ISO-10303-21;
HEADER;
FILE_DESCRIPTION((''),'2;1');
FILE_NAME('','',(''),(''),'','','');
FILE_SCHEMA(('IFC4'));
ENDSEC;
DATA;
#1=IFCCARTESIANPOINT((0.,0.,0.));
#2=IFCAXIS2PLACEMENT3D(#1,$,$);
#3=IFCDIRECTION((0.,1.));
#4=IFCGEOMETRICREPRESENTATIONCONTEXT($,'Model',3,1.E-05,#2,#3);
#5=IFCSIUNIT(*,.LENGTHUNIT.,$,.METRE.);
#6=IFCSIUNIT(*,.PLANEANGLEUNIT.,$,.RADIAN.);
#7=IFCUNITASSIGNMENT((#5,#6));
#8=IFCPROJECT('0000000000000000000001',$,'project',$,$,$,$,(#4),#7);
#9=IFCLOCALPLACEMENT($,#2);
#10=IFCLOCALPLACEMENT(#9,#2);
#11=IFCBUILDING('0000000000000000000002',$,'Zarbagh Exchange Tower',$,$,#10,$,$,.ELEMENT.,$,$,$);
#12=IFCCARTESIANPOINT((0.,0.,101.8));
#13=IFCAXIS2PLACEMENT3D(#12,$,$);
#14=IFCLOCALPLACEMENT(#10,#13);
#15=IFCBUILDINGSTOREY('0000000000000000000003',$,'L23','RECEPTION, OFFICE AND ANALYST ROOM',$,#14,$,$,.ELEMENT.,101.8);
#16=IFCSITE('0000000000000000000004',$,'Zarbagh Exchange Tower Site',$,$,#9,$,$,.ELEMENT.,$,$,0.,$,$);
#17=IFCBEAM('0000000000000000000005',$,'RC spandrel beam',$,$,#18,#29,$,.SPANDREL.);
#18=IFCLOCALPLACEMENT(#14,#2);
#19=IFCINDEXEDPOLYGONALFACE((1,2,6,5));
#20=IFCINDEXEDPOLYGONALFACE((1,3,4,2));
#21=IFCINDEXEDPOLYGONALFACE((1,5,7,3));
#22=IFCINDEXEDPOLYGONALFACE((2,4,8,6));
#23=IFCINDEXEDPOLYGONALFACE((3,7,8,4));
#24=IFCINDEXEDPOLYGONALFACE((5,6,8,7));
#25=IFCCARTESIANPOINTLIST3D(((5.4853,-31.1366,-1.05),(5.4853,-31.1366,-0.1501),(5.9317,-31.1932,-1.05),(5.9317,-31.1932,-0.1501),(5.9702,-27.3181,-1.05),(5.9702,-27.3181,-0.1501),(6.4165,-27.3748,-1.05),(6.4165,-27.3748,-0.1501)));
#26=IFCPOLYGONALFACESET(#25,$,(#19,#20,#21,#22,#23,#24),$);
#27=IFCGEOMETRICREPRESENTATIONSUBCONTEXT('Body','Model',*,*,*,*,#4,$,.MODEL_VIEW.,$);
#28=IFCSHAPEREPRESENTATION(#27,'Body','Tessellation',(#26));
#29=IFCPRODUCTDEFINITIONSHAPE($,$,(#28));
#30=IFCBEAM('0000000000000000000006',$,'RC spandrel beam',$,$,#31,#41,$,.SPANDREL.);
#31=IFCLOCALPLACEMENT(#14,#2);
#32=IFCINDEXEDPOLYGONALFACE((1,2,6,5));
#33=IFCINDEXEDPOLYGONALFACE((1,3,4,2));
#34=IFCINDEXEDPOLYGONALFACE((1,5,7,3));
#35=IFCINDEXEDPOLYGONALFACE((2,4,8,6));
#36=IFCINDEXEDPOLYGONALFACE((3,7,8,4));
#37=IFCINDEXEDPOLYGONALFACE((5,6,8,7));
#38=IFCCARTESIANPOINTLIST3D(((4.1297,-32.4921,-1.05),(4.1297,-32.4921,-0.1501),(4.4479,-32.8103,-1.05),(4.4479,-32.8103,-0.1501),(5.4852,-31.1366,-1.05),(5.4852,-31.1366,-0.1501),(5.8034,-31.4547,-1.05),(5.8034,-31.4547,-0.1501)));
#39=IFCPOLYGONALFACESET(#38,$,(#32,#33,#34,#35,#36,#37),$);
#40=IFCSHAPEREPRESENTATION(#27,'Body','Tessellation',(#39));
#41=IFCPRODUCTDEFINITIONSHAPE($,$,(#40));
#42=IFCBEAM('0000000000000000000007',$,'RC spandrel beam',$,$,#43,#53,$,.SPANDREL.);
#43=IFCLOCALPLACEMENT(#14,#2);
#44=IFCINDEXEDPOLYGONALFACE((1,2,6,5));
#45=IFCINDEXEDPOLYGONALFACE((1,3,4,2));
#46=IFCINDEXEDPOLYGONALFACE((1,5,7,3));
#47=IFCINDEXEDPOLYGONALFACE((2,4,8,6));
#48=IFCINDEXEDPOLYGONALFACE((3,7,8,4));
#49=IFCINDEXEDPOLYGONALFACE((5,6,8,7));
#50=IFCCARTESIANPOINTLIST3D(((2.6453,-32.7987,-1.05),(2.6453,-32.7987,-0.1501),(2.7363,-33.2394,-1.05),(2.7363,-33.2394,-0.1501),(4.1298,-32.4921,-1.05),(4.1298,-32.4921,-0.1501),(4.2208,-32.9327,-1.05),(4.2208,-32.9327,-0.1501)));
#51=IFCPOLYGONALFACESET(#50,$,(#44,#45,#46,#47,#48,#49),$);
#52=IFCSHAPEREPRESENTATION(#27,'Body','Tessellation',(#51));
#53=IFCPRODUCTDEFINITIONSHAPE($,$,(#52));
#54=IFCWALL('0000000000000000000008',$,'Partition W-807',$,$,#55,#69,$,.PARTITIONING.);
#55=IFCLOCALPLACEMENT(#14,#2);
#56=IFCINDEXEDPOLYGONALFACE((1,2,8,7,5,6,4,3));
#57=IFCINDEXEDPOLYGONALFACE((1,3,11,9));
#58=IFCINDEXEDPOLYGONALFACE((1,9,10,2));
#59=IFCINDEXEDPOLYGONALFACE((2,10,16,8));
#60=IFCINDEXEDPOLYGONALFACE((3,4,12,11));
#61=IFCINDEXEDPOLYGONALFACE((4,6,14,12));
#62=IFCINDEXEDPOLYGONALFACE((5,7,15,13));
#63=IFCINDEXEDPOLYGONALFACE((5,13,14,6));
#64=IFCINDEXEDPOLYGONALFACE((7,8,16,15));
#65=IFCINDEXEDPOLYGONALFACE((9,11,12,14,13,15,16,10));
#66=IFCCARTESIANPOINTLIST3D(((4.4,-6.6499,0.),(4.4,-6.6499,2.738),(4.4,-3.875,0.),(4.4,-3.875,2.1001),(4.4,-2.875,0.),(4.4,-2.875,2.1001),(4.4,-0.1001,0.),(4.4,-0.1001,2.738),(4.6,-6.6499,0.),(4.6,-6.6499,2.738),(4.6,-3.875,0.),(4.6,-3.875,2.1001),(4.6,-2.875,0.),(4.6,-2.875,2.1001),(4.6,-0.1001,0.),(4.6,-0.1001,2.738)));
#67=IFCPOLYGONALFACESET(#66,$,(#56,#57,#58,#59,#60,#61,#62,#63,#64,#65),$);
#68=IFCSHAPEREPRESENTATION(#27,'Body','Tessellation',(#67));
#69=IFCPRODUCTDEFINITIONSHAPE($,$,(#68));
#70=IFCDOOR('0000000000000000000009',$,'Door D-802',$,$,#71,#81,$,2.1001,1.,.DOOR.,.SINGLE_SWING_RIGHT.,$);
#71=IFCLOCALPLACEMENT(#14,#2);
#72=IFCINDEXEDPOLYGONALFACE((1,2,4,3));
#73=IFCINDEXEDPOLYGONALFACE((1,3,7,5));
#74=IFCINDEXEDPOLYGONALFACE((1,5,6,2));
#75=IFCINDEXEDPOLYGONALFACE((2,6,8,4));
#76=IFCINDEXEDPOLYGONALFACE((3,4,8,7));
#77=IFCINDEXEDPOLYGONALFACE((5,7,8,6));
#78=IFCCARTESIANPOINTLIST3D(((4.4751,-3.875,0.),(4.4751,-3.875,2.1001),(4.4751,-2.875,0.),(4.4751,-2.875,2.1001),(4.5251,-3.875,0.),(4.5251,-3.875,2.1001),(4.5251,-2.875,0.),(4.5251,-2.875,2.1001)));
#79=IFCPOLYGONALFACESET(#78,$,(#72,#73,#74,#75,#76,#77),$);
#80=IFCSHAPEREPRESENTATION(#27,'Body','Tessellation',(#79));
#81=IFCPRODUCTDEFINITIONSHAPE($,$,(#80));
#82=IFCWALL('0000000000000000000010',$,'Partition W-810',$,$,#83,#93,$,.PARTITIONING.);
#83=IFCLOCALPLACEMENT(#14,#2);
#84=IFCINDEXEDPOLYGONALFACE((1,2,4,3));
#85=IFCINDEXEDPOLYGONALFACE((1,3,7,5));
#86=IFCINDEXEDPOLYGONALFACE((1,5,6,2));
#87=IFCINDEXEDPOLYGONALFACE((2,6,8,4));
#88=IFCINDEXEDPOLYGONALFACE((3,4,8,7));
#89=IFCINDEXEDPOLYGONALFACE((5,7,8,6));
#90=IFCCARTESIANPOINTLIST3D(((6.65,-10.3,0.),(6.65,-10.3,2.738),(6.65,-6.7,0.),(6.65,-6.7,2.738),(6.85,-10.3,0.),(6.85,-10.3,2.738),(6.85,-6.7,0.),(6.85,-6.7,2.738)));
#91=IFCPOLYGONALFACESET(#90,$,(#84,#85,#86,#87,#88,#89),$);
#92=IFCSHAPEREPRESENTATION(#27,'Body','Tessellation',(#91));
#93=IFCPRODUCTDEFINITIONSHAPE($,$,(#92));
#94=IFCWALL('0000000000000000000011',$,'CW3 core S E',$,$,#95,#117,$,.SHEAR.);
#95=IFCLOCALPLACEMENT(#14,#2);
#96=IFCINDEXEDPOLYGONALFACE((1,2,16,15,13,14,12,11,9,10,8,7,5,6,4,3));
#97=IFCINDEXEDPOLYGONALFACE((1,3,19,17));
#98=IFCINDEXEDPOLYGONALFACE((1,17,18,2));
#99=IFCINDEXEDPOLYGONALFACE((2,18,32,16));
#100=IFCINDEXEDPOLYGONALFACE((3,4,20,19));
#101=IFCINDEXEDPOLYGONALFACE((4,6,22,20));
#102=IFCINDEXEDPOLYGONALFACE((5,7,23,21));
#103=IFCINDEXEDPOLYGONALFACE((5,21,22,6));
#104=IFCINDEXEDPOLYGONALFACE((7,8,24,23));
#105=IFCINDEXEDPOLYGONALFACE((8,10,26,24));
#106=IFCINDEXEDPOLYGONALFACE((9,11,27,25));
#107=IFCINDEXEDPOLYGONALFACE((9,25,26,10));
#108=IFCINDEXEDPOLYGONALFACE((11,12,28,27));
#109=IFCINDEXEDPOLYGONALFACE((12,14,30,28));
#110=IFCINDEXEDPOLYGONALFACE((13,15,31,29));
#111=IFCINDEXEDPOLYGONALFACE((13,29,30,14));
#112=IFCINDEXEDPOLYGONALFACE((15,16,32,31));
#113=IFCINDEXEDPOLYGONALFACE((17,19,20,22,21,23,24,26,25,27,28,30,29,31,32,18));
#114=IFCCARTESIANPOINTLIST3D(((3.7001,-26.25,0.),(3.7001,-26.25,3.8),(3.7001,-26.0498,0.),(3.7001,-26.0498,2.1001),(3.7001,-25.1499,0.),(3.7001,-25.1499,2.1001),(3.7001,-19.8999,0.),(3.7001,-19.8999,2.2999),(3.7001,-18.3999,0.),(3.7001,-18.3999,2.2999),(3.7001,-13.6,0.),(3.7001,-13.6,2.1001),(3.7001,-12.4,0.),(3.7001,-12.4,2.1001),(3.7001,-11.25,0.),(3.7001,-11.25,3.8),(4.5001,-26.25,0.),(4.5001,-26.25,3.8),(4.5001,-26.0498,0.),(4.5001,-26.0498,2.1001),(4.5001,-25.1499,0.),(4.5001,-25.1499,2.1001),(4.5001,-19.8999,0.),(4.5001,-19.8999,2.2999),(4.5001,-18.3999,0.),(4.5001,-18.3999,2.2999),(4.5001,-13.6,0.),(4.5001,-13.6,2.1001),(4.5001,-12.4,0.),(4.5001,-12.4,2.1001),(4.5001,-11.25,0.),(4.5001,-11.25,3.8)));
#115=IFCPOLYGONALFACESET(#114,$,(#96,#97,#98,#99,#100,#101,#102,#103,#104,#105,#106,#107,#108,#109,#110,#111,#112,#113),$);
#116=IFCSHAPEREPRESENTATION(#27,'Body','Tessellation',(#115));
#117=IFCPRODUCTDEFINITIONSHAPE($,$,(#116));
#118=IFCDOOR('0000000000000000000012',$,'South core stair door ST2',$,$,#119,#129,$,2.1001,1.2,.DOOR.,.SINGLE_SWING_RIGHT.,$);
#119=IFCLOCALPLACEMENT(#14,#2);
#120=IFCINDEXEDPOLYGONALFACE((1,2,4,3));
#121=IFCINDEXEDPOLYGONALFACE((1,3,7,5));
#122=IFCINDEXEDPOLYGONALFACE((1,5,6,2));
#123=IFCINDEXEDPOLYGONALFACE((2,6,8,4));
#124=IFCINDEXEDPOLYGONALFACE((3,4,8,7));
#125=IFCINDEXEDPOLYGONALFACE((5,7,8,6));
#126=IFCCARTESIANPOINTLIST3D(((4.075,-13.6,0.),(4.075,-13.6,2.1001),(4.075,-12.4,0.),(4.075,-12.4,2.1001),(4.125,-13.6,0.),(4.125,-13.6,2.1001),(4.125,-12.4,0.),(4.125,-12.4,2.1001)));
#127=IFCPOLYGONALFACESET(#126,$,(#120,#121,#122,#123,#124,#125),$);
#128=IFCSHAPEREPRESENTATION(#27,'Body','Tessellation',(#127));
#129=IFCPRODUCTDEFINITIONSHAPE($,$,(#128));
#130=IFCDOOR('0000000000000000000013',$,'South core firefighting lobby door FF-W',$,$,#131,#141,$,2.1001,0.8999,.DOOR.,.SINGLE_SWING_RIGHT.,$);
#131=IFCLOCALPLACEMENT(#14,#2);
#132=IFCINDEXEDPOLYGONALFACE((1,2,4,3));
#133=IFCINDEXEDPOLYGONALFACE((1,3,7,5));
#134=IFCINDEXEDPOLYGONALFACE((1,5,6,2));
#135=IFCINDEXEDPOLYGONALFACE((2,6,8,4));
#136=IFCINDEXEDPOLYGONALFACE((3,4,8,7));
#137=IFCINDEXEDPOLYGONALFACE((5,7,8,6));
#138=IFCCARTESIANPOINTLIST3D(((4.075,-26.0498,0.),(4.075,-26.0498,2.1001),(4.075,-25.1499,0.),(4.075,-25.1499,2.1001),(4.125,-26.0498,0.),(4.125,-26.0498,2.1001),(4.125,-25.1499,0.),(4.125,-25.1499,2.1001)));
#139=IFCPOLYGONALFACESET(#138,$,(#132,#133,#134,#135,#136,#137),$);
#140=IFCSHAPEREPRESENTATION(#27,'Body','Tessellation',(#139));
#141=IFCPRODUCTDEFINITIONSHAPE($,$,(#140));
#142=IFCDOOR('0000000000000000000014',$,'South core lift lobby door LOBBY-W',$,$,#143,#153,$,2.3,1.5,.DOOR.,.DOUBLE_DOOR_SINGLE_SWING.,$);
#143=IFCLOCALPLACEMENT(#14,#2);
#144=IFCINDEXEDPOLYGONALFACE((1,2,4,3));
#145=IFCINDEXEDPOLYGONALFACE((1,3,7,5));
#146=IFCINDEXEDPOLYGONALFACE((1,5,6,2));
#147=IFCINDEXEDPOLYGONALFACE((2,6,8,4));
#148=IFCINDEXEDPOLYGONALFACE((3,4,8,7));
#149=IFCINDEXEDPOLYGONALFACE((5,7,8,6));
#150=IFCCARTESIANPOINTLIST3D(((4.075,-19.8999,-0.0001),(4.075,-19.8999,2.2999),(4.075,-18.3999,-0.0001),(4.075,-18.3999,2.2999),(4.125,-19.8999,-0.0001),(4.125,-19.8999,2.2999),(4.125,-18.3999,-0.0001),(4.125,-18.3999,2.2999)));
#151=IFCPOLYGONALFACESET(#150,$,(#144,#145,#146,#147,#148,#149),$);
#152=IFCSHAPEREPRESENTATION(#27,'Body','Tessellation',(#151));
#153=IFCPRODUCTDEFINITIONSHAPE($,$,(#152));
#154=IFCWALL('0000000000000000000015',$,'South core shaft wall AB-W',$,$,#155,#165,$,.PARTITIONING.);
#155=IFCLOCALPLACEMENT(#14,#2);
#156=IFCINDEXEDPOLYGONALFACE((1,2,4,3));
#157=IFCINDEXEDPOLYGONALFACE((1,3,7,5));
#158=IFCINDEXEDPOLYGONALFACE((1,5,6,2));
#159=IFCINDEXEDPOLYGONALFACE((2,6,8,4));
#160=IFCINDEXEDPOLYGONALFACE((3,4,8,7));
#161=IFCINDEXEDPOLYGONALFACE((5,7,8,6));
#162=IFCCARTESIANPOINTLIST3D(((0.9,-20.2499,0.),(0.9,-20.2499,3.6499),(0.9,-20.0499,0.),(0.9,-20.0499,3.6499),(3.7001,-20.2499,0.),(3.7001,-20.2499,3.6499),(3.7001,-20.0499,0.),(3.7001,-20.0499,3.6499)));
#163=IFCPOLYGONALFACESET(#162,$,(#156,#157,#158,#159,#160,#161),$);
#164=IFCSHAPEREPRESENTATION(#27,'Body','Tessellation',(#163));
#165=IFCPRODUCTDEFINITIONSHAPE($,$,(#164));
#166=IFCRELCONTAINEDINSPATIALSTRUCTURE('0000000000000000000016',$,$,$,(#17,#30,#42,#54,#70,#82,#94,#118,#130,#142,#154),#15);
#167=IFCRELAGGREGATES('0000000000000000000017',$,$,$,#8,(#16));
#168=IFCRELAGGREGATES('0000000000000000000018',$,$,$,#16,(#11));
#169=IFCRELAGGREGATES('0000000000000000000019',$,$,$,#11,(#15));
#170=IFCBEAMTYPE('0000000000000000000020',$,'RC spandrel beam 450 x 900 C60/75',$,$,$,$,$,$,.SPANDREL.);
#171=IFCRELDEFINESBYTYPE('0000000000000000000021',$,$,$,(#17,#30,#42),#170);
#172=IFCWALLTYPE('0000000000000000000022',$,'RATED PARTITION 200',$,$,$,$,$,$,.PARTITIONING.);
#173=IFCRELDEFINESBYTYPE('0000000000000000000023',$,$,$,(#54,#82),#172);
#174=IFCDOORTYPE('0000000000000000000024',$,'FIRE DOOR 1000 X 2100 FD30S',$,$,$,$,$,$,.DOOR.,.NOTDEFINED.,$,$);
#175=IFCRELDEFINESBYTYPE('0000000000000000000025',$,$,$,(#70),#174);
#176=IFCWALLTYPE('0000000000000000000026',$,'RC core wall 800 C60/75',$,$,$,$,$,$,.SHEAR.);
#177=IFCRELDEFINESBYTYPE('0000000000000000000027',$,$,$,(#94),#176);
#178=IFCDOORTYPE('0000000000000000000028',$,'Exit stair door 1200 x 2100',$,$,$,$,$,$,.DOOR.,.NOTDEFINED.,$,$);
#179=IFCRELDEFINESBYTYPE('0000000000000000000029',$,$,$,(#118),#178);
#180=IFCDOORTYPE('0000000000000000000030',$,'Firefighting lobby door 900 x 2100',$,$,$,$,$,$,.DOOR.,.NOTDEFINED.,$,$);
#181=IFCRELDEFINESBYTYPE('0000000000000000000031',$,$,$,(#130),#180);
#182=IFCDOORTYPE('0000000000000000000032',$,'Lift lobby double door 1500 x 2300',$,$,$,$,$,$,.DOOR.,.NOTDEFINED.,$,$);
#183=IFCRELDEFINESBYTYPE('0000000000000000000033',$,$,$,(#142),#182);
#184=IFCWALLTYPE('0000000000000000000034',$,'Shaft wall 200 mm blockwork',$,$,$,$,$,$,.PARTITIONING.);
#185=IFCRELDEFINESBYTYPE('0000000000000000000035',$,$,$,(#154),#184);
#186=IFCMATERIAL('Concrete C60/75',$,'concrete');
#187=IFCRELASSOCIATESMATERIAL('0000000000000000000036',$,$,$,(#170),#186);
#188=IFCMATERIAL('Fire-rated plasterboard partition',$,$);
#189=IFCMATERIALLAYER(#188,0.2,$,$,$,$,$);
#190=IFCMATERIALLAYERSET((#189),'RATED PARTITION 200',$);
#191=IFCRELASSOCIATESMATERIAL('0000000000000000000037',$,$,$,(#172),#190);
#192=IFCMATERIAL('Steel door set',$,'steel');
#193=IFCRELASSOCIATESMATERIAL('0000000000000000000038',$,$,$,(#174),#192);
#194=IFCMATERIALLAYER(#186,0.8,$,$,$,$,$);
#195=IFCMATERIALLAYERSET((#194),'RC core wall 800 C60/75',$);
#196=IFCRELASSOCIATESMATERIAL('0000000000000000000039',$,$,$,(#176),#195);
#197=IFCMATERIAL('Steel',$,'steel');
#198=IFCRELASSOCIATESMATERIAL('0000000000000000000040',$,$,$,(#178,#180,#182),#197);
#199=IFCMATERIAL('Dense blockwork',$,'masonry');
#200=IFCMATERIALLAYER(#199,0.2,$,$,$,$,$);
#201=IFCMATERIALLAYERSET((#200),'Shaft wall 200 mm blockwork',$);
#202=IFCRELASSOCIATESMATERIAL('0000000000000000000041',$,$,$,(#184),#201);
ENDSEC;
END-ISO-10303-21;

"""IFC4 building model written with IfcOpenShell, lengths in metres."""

from ifc_helpers import new_model, si_unit, direction, frame, frame_2d, origin, origin_2d, place, context, subcontext, project, spatial, rectangle, extrude, material, layer, layer_set, material_profile, profile_set, type_object, element, fill, save


model = new_model("IFC4")

# Units and contexts
model_context = context("Model", 3, precision=1e-05, world=origin(), true_north=direction((0.0, 1.0)))
body_context = subcontext(model_context, "Body", "Model", "MODEL_VIEW")
ifc_project = project(units=[si_unit("LENGTHUNIT", "METRE"), si_unit("PLANEANGLEUNIT", "RADIAN")], contexts=[model_context])

# Site, building, storey
site_placement = place(None, origin())
site = spatial("IfcSite", under=ifc_project, at=site_placement, Name="Zarbagh Exchange Tower Site", CompositionType="ELEMENT", RefElevation=0.0)
building_placement = place(site_placement, origin())
building = spatial("IfcBuilding", under=site, at=building_placement, Name="Zarbagh Exchange Tower", CompositionType="ELEMENT")
storey_placement = place(building_placement, frame((0.0, 0.0, 101.8)))
storey = spatial("IfcBuildingStorey", under=building, at=storey_placement, Name="L23", Description="RECEPTION, OFFICE AND ANALYST ROOM", CompositionType="ELEMENT", Elevation=101.8)

# Shared definitions
ifc_material_1 = material(Name="Concrete C60/75", Category="concrete")

# Beams
ifc_material_profile_1 = material_profile(ifc_material_1, rectangle(XDim=0.45, YDim=0.8999, at=origin_2d()), Name="RC spandrel beam 450 x 900 C60/75")
ifc_profile_set_1 = profile_set([ifc_material_profile_1], Name="Concrete C60/75")
beam_type_1 = type_object("IfcBeamType", Name="RC spandrel beam 450 x 900 C60/75", PredefinedType="SPANDREL", material=ifc_profile_set_1)
beam_1_placement = place(storey_placement, frame((6.1934, -27.3464, -0.6001), z_axis=(-0.125971, -0.992034, 0.0), x_axis=(0.992034, -0.125971, 0.0)))
element("IfcBeam", 1, at=beam_1_placement, inside=storey, type_object=beam_type_1, Name="RC spandrel beam", PredefinedType="SPANDREL", context=body_context, shape_type="SweptSolid", body=[
    extrude(rectangle(XDim=0.45, YDim=0.8999, at=origin_2d()), origin(), (0.0, 0.0, 1.0), 3.8491),
])
beam_2_placement = place(storey_placement, frame((5.6443, -31.2957, -0.6001), z_axis=(-0.707107, -0.707107, 0.0), x_axis=(0.707107, -0.707107, 0.0)))
element("IfcBeam", 2, at=beam_2_placement, inside=storey, type_object=beam_type_1, Name="RC spandrel beam", PredefinedType="SPANDREL", context=body_context, shape_type="SweptSolid", body=[
    extrude(rectangle(XDim=0.45, YDim=0.8999, at=origin_2d()), origin(), (0.0, 0.0, 1.0), 1.917),
])
beam_3_placement = place(storey_placement, frame((4.1753, -32.7124, -0.6001), z_axis=(-0.979329, -0.202275, 0.0), x_axis=(0.202275, -0.979329, 0.0)))
element("IfcBeam", 3, at=beam_3_placement, inside=storey, type_object=beam_type_1, Name="RC spandrel beam", PredefinedType="SPANDREL", context=body_context, shape_type="SweptSolid", body=[
    extrude(rectangle(XDim=0.45, YDim=0.8999, at=origin_2d()), origin(), (0.0, 0.0, 1.0), 1.5159),
])

# Wall, opening, door
ifc_material_2 = material(Name="Fire-rated plasterboard partition")
ifc_layer_1 = layer(ifc_material_2, 0.2)
ifc_layer_set_1 = layer_set([ifc_layer_1], Name="RATED PARTITION 200")
wall_type_1 = type_object("IfcWallType", Name="RATED PARTITION 200", PredefinedType="PARTITIONING", material=ifc_layer_set_1)
wall_1_placement = place(storey_placement, frame((4.5, -6.6499, 0.0), z_axis=(0.0, 0.0, 1.0), x_axis=(0.0, 1.0, 0.0)))
wall_1 = element("IfcWall", 4, at=wall_1_placement, inside=storey, type_object=wall_type_1, Name="Partition W-807", PredefinedType="PARTITIONING", context=body_context, shape_type="SweptSolid", body=[
    extrude(rectangle(XDim=6.5498, YDim=0.2, at=frame_2d((3.2749, 0.0))), origin(), (0.0, 0.0, 1.0), 2.738),
])
opening_1_placement = place(wall_1_placement, frame((2.7749, 0.0, 0.0)))
opening_1 = element("IfcOpeningElement", 5, at=opening_1_placement, cuts=wall_1, PredefinedType="OPENING", context=body_context, shape_type="SweptSolid", body=[
    extrude(rectangle(XDim=1.0, YDim=2.1001, at=frame_2d((0.5, 1.05))), frame((0.0, 0.1099, 0.0), z_axis=(0.0, -1.0, 0.0), x_axis=(1.0, 0.0, 0.0)), (0.0, 0.0, 1.0), 0.22),
])
ifc_material_3 = material(Name="Steel door set", Category="steel")
door_type_1 = type_object("IfcDoorType", Name="FIRE DOOR 1000 X 2100 FD30S", OperationType="NOTDEFINED", PredefinedType="DOOR", material=ifc_material_3)
door_1_placement = place(opening_1_placement, origin())
door_1 = element("IfcDoor", 6, at=door_1_placement, inside=storey, type_object=door_type_1, Name="Door D-802", OperationType="SINGLE_SWING_RIGHT", OverallHeight=2.1001, OverallWidth=1.0, PredefinedType="DOOR", context=body_context, shape_type="SweptSolid", body=[
    extrude(rectangle(XDim=1.0, YDim=2.1001, at=frame_2d((0.5, 1.05))), frame((0.0, 0.0249, 0.0), z_axis=(0.0, -1.0, 0.0), x_axis=(1.0, 0.0, 0.0)), (0.0, 0.0, 1.0), 0.05),
])
fill(opening_1, door_1)

# Wall
wall_2_placement = place(storey_placement, frame((6.75, -10.3, 0.0), z_axis=(0.0, 0.0, 1.0), x_axis=(0.0, 1.0, 0.0)))
element("IfcWall", 7, at=wall_2_placement, inside=storey, type_object=wall_type_1, Name="Partition W-810", PredefinedType="PARTITIONING", context=body_context, shape_type="SweptSolid", body=[
    extrude(rectangle(XDim=3.6001, YDim=0.2, at=frame_2d((1.8, 0.0))), origin(), (0.0, 0.0, 1.0), 2.738),
])

# Wall, openings, doors
ifc_layer_2 = layer(ifc_material_1, 0.8)
ifc_layer_set_2 = layer_set([ifc_layer_2], Name="RC core wall 800 C60/75")
wall_type_2 = type_object("IfcWallType", Name="RC core wall 800 C60/75", PredefinedType="SHEAR", material=ifc_layer_set_2)
wall_3_placement = place(storey_placement, frame((4.1001, -11.25, 0.0), z_axis=(0.0, 0.0, 1.0), x_axis=(0.0, -1.0, 0.0)))
wall_3 = element("IfcWall", 8, at=wall_3_placement, inside=storey, type_object=wall_type_2, Name="CW3 core S E", PredefinedType="SHEAR", context=body_context, shape_type="SweptSolid", body=[
    extrude(rectangle(XDim=15.0, YDim=0.8, at=frame_2d((7.5, 0.0))), origin(), (0.0, 0.0, 1.0), 3.8),
])
opening_2_placement = place(wall_3_placement, frame((7.1499, 0.0, 0.0)))
opening_2 = element("IfcOpeningElement", 9, at=opening_2_placement, cuts=wall_3, PredefinedType="OPENING", context=body_context, shape_type="SweptSolid", body=[
    extrude(rectangle(XDim=1.5, YDim=2.3, at=frame_2d((0.75, 1.1499))), frame((0.0, 0.4099, 0.0), z_axis=(0.0, -1.0, 0.0), x_axis=(1.0, 0.0, 0.0)), (0.0, 0.0, 1.0), 0.8201),
])
opening_3_placement = place(wall_3_placement, frame((13.8999, 0.0, 0.0)))
opening_3 = element("IfcOpeningElement", 10, at=opening_3_placement, cuts=wall_3, PredefinedType="OPENING", context=body_context, shape_type="SweptSolid", body=[
    extrude(rectangle(XDim=0.8999, YDim=2.1001, at=frame_2d((0.45, 1.05))), frame((0.0, 0.4099, 0.0), z_axis=(0.0, -1.0, 0.0), x_axis=(1.0, 0.0, 0.0)), (0.0, 0.0, 1.0), 0.8201),
])
opening_4_placement = place(wall_3_placement, frame((1.1499, 0.0, 0.0)))
opening_4 = element("IfcOpeningElement", 11, at=opening_4_placement, cuts=wall_3, PredefinedType="OPENING", context=body_context, shape_type="SweptSolid", body=[
    extrude(rectangle(XDim=1.2, YDim=2.1001, at=frame_2d((0.6001, 1.05))), frame((0.0, 0.4099, 0.0), z_axis=(0.0, -1.0, 0.0), x_axis=(1.0, 0.0, 0.0)), (0.0, 0.0, 1.0), 0.8201),
])
ifc_material_4 = material(Name="Steel", Category="steel")
door_type_2 = type_object("IfcDoorType", Name="Exit stair door 1200 x 2100", OperationType="NOTDEFINED", PredefinedType="DOOR", material=ifc_material_4)
door_2_placement = place(opening_4_placement, origin())
door_2 = element("IfcDoor", 12, at=door_2_placement, inside=storey, type_object=door_type_2, Name="South core stair door ST2", OperationType="SINGLE_SWING_RIGHT", OverallHeight=2.1001, OverallWidth=1.2, PredefinedType="DOOR", context=body_context, shape_type="SweptSolid", body=[
    extrude(rectangle(XDim=1.2, YDim=2.1001, at=frame_2d((0.6001, 1.05))), frame((0.0, 0.0249, 0.0), z_axis=(0.0, -1.0, 0.0), x_axis=(1.0, 0.0, 0.0)), (0.0, 0.0, 1.0), 0.05),
])
fill(opening_4, door_2)
door_type_3 = type_object("IfcDoorType", Name="Firefighting lobby door 900 x 2100", OperationType="NOTDEFINED", PredefinedType="DOOR", material=ifc_material_4)
door_3_placement = place(opening_3_placement, origin())
door_3 = element("IfcDoor", 13, at=door_3_placement, inside=storey, type_object=door_type_3, Name="South core firefighting lobby door FF-W", OperationType="SINGLE_SWING_RIGHT", OverallHeight=2.1001, OverallWidth=0.8999, PredefinedType="DOOR", context=body_context, shape_type="SweptSolid", body=[
    extrude(rectangle(XDim=0.8999, YDim=2.1001, at=frame_2d((0.45, 1.05))), frame((0.0, 0.0249, 0.0), z_axis=(0.0, -1.0, 0.0), x_axis=(1.0, 0.0, 0.0)), (0.0, 0.0, 1.0), 0.05),
])
fill(opening_3, door_3)
door_type_4 = type_object("IfcDoorType", Name="Lift lobby double door 1500 x 2300", OperationType="NOTDEFINED", PredefinedType="DOOR", material=ifc_material_4)
door_4_placement = place(opening_2_placement, origin())
door_4 = element("IfcDoor", 14, at=door_4_placement, inside=storey, type_object=door_type_4, Name="South core lift lobby door LOBBY-W", OperationType="DOUBLE_DOOR_SINGLE_SWING", OverallHeight=2.3, OverallWidth=1.5, PredefinedType="DOOR", context=body_context, shape_type="SweptSolid", body=[
    extrude(rectangle(XDim=1.5, YDim=2.3, at=frame_2d((0.75, 1.1499))), frame((0.0, 0.0249, 0.0), z_axis=(0.0, -1.0, 0.0), x_axis=(1.0, 0.0, 0.0)), (0.0, 0.0, 1.0), 0.05),
])
fill(opening_2, door_4)

# Wall
ifc_material_5 = material(Name="Dense blockwork", Category="masonry")
ifc_layer_3 = layer(ifc_material_5, 0.2)
ifc_layer_set_3 = layer_set([ifc_layer_3], Name="Shaft wall 200 mm blockwork")
wall_type_3 = type_object("IfcWallType", Name="Shaft wall 200 mm blockwork", PredefinedType="PARTITIONING", material=ifc_layer_set_3)
wall_4_placement = place(storey_placement, frame((3.7, -20.1499, 0.0), z_axis=(0.0, 0.0, 1.0), x_axis=(-1.0, 0.0, 0.0)))
element("IfcWall", 15, at=wall_4_placement, inside=storey, type_object=wall_type_3, Name="South core shaft wall AB-W", PredefinedType="PARTITIONING", context=body_context, shape_type="SweptSolid", body=[
    extrude(rectangle(XDim=2.8, YDim=0.2, at=frame_2d((1.3999, 0.0))), origin(), (0.0, 0.0, 1.0), 3.6499),
])

save(model, "model.ifc")
